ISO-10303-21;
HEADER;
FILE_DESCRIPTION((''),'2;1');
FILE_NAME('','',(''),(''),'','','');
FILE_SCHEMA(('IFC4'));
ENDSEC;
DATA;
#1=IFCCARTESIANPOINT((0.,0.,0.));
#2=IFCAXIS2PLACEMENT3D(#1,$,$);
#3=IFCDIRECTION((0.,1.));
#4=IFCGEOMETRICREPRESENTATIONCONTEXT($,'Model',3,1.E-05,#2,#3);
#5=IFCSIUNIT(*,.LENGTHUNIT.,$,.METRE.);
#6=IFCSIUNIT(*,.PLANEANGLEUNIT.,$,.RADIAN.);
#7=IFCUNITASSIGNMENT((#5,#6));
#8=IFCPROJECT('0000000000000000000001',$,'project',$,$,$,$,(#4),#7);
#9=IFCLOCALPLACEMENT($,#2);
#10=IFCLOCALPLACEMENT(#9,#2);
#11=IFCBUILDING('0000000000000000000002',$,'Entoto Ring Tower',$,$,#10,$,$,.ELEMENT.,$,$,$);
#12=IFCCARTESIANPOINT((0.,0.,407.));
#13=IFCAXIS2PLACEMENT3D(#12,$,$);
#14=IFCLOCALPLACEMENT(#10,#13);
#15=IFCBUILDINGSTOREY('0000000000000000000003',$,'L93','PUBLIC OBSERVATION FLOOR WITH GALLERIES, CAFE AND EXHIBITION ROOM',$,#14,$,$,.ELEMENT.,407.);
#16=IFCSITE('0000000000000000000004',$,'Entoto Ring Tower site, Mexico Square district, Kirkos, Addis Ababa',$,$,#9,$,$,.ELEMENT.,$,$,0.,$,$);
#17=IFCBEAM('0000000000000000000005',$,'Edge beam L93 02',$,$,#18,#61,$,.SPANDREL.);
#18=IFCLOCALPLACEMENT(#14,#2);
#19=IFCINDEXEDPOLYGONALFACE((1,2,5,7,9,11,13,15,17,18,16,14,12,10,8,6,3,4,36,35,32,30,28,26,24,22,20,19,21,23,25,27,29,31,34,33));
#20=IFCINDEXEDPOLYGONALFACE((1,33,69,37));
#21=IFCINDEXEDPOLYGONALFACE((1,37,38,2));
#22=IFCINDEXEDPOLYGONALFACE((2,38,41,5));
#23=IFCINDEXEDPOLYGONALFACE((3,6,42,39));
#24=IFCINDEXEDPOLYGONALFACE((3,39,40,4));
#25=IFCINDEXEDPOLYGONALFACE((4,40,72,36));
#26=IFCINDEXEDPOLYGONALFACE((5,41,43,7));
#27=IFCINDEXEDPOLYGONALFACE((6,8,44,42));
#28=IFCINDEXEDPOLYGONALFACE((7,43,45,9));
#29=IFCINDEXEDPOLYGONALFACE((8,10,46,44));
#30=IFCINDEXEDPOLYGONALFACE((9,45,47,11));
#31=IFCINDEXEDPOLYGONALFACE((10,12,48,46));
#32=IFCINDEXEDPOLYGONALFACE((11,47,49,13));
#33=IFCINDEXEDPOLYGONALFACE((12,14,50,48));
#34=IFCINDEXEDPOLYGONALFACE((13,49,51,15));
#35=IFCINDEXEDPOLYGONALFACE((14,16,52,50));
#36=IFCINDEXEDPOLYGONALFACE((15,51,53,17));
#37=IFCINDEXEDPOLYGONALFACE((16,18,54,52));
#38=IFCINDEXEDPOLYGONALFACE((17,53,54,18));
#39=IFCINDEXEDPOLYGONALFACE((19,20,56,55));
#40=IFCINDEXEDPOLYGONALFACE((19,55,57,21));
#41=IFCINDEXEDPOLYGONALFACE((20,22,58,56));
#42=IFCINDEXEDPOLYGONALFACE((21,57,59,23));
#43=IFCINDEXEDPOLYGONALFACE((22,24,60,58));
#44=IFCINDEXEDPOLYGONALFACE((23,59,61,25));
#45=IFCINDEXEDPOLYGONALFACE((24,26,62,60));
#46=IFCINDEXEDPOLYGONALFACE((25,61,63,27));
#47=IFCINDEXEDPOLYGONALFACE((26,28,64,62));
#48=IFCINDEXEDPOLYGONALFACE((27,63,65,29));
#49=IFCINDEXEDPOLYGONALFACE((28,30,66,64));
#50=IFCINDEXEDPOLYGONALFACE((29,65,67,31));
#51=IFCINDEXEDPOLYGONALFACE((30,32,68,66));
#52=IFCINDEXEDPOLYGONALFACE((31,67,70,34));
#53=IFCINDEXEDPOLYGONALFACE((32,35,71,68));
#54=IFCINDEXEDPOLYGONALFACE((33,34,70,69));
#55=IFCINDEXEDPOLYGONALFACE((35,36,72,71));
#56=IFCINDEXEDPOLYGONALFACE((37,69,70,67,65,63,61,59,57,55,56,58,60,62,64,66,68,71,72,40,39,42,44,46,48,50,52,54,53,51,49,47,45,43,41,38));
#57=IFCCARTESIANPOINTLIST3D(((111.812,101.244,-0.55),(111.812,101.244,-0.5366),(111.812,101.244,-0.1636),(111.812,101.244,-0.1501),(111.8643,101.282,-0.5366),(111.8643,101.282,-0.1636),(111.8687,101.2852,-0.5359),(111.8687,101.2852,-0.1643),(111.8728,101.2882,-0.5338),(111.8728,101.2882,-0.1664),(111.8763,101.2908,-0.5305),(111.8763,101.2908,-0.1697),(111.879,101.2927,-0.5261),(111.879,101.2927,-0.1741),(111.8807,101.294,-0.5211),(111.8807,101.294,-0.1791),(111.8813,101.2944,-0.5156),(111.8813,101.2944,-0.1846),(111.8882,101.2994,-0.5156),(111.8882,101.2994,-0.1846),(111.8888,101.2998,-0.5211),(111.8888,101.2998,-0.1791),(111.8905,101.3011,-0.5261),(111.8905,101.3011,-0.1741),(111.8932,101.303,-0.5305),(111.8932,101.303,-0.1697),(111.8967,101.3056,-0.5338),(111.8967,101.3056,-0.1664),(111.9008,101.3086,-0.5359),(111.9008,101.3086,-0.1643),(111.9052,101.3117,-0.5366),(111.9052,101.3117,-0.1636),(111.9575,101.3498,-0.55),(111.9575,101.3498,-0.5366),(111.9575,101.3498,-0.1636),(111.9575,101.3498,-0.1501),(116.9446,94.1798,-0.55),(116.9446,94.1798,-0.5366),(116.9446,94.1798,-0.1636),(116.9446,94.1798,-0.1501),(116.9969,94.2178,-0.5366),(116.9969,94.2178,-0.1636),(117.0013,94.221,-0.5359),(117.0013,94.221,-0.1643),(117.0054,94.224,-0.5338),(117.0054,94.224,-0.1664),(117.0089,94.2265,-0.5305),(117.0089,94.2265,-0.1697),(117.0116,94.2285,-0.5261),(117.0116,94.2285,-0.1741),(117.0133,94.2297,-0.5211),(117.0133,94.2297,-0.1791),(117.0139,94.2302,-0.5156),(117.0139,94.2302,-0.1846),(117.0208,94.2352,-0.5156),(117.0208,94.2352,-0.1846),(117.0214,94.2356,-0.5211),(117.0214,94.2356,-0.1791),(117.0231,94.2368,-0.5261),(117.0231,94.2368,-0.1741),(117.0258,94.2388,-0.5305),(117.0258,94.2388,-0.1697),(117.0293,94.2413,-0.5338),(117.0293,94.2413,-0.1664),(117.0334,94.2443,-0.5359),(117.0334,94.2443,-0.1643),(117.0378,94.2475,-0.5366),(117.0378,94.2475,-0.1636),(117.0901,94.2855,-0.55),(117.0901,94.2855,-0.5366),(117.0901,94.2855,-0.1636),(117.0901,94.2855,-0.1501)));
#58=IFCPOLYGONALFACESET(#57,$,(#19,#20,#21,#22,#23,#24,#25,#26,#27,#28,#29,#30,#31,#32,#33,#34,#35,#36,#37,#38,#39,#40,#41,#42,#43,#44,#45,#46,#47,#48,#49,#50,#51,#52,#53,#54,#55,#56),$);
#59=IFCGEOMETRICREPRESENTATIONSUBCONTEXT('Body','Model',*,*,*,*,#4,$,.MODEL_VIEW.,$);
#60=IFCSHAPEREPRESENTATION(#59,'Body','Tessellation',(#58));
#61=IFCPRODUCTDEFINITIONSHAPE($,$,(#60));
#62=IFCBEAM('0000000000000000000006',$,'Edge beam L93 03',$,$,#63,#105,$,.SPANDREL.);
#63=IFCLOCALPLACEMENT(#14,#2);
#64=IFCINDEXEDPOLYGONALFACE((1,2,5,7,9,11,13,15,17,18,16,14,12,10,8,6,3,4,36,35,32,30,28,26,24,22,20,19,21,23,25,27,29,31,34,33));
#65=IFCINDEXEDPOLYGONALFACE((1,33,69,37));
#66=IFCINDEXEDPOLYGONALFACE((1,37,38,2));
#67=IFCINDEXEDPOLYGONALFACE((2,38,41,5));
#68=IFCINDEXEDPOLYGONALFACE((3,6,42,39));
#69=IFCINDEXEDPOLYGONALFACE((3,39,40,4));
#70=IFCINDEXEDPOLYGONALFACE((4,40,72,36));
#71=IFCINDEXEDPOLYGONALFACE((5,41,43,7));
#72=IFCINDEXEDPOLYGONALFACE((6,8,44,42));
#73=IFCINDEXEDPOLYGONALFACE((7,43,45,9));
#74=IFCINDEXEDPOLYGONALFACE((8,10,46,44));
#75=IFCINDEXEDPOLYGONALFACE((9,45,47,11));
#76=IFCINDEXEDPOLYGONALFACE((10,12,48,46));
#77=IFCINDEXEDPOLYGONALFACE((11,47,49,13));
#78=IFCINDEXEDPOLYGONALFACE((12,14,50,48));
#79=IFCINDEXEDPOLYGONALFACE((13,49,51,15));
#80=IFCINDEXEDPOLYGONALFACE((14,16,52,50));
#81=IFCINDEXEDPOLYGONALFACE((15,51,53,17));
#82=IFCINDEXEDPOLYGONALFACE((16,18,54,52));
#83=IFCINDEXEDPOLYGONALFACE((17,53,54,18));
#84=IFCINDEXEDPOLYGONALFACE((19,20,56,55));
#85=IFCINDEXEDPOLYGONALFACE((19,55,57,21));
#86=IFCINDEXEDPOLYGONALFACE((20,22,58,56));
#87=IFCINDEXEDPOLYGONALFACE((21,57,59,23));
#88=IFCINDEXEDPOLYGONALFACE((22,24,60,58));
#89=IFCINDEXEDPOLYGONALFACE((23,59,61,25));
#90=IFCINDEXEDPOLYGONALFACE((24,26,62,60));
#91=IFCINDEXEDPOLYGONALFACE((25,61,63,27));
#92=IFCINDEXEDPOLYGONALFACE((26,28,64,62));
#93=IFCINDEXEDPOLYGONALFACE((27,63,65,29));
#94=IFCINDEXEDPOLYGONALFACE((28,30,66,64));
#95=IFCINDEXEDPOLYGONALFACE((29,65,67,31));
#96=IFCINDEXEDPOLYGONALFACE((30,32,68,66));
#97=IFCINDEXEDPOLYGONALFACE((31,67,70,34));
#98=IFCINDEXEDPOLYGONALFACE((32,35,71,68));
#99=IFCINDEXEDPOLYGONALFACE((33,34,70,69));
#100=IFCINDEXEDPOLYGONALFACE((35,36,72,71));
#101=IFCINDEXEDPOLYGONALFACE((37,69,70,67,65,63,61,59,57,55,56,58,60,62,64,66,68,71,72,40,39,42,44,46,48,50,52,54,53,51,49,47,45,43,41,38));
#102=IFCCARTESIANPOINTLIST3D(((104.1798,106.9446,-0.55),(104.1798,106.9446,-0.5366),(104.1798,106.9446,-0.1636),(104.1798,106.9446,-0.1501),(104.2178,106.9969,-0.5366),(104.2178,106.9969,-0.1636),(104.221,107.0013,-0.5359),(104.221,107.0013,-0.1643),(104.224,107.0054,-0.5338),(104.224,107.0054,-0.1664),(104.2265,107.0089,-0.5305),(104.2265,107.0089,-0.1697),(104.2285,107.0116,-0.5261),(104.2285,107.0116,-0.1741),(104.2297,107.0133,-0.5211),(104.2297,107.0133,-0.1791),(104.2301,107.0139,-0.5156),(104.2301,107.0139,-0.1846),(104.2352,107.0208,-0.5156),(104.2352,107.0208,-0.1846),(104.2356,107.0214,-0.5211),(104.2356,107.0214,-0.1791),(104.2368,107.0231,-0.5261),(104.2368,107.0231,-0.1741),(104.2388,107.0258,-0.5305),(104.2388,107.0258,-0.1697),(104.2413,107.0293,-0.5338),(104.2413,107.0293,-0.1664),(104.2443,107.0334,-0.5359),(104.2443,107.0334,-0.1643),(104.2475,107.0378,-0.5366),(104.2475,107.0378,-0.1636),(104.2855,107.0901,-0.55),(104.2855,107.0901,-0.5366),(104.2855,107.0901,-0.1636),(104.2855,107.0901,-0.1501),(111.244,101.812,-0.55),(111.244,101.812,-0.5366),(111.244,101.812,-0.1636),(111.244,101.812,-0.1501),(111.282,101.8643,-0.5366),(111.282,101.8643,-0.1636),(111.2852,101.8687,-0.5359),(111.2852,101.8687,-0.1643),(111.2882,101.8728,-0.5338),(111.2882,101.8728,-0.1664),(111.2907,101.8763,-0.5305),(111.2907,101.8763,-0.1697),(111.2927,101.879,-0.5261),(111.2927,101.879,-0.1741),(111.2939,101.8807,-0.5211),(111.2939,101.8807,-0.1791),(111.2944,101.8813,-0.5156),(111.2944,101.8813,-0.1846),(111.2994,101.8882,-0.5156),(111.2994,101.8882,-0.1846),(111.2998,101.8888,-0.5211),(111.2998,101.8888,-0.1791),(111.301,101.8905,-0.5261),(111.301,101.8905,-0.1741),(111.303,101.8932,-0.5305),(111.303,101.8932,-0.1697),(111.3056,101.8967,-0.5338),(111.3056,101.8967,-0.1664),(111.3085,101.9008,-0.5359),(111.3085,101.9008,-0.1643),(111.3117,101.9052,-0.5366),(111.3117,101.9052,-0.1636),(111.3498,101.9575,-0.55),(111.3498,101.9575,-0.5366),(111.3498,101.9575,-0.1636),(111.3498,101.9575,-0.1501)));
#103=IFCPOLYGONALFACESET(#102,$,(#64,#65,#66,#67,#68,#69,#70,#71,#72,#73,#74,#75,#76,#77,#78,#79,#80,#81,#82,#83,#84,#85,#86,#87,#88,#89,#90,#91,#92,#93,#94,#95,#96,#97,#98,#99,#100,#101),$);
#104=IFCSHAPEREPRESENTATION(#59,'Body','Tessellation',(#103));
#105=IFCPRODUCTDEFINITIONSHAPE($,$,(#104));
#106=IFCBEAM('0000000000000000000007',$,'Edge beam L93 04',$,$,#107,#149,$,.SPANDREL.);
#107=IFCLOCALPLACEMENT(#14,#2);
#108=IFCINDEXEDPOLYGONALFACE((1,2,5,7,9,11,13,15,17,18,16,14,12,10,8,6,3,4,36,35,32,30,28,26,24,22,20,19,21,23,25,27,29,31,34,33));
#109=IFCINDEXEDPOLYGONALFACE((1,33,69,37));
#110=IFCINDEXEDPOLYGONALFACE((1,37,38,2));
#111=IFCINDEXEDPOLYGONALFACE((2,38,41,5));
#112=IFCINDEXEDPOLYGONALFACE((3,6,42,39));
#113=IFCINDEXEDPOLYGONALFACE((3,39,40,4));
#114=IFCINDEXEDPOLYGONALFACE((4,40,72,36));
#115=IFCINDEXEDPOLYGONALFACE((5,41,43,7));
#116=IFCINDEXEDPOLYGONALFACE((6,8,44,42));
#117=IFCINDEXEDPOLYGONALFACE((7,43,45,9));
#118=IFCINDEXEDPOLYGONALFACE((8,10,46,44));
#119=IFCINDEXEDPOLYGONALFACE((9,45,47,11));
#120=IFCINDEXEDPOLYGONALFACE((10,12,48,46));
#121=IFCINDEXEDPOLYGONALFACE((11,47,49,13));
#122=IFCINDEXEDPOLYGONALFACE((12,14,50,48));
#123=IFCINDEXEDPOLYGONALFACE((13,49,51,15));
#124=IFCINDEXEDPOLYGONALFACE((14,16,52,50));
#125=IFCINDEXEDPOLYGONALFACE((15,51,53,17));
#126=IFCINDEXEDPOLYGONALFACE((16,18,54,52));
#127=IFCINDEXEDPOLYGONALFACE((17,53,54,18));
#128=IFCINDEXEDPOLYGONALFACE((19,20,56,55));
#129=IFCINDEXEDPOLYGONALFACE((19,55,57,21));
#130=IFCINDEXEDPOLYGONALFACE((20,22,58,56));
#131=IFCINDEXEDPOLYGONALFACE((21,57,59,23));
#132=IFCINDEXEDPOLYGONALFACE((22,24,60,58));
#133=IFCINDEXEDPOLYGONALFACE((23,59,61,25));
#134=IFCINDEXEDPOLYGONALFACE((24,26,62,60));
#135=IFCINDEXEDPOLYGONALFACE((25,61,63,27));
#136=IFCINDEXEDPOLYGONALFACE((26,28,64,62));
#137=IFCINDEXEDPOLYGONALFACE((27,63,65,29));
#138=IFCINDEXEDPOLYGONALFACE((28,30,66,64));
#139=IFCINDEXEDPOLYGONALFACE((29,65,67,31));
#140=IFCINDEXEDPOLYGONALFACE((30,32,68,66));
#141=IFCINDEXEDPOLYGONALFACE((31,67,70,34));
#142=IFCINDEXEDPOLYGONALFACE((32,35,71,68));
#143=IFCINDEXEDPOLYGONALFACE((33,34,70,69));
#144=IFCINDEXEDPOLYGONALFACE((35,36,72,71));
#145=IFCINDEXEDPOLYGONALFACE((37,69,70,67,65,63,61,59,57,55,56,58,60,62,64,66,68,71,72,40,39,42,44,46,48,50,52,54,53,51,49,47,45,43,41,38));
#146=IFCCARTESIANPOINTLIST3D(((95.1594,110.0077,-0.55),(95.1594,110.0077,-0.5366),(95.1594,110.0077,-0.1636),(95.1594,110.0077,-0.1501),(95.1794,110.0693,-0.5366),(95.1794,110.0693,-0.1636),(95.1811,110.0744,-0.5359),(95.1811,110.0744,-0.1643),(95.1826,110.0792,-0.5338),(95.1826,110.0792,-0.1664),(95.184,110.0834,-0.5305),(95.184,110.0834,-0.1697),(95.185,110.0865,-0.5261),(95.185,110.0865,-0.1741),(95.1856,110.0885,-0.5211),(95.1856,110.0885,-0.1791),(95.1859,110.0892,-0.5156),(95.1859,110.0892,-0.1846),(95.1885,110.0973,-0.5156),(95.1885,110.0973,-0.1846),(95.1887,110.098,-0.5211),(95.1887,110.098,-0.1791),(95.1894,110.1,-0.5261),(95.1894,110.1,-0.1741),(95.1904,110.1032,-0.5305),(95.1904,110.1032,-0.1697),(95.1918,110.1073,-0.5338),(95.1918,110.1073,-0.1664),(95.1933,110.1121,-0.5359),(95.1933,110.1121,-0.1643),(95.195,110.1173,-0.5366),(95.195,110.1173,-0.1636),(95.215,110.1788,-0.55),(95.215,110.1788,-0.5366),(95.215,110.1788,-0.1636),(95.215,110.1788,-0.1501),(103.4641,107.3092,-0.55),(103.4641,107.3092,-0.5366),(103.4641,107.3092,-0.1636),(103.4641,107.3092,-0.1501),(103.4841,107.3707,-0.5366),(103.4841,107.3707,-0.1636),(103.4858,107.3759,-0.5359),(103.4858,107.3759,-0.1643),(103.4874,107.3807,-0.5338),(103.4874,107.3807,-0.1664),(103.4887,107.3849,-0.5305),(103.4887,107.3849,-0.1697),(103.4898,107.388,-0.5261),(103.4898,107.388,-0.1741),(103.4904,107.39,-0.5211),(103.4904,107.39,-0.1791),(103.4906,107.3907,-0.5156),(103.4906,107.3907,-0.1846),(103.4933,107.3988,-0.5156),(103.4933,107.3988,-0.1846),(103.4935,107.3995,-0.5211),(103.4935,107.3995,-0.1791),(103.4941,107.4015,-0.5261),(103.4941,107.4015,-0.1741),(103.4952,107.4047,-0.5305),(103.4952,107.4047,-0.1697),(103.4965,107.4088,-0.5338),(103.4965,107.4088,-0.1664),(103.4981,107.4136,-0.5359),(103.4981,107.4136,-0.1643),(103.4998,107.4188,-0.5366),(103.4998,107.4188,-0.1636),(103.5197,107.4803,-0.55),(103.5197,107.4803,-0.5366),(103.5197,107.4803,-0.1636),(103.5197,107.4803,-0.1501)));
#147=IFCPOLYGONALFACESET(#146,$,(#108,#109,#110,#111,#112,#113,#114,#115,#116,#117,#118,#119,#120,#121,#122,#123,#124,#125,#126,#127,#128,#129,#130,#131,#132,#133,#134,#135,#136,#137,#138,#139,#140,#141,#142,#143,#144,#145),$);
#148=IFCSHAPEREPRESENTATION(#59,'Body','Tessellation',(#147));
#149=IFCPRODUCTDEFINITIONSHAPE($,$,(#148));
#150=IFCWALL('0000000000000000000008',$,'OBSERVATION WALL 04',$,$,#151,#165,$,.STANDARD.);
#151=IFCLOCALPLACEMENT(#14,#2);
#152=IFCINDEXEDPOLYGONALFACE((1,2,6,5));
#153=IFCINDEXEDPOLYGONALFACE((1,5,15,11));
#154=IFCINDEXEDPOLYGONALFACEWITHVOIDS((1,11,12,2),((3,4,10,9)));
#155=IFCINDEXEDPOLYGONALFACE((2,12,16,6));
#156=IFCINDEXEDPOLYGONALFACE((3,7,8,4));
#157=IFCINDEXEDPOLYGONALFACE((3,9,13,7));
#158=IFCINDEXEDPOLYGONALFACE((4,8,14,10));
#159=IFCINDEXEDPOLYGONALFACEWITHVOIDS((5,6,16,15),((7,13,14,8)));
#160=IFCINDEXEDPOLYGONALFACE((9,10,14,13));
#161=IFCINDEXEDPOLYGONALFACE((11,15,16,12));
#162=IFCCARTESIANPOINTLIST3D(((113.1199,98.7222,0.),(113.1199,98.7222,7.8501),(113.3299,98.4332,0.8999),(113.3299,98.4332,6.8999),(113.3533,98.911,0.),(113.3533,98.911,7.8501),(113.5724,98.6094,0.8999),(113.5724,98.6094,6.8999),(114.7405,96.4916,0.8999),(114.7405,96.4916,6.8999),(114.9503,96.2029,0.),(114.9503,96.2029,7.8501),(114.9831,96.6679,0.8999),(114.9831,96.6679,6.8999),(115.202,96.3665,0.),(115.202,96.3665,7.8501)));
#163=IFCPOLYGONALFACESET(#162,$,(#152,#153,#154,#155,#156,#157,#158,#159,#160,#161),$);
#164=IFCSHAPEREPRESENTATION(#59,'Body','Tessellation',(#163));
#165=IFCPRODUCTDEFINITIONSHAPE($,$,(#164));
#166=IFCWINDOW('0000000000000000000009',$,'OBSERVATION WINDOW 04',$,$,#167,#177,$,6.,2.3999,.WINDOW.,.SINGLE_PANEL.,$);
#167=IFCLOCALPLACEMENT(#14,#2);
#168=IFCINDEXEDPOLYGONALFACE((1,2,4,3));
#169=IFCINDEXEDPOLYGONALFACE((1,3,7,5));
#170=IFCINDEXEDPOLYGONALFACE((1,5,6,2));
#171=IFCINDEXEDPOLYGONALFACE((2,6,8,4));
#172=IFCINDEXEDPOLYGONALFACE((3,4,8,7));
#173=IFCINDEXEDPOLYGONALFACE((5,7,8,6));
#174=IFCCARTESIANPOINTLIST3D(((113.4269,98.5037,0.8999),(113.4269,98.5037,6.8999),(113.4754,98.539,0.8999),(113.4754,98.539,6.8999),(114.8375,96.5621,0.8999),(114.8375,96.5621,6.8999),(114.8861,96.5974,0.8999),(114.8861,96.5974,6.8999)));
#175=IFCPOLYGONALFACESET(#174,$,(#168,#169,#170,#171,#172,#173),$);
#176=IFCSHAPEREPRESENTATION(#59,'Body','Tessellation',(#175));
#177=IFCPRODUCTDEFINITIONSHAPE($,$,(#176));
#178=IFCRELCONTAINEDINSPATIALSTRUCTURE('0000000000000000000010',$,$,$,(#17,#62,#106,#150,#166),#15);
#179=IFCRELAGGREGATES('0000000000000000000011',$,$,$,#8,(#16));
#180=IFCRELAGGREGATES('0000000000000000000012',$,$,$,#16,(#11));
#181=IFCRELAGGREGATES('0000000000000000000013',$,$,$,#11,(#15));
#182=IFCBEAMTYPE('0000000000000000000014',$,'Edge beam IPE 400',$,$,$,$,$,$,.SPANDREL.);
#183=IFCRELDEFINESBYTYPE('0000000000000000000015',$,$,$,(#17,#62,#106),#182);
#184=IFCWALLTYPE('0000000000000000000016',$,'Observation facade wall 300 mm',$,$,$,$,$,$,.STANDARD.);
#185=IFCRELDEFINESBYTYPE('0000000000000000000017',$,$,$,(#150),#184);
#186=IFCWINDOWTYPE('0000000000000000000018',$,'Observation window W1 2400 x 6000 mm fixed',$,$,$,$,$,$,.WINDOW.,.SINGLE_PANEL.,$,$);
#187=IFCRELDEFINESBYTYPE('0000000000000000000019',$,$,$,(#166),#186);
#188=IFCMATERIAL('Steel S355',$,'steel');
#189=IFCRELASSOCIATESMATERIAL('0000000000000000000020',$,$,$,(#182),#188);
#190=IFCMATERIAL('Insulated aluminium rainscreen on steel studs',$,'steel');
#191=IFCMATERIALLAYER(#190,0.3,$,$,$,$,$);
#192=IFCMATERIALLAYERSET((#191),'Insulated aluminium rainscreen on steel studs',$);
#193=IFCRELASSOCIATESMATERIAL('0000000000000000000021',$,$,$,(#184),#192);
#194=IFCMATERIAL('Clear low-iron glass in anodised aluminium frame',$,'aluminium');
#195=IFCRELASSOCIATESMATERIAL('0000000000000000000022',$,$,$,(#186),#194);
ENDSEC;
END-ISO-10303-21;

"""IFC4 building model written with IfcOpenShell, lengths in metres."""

from ifc_helpers import new_model, si_unit, direction, frame, frame_2d, origin, origin_2d, place, context, subcontext, project, spatial, polyline, rectangle, i_section, outline, extrude, material, layer, layer_set, material_profile, profile_set, type_object, element, fill, save


model = new_model("IFC4")

# Units and contexts
model_context = context("Model", 3, precision=1e-05, world=origin(), true_north=direction((0.0, 1.0)))
body_context = subcontext(model_context, "Body", "Model", "MODEL_VIEW")
ifc_project = project(units=[si_unit("LENGTHUNIT", "METRE"), si_unit("PLANEANGLEUNIT", "RADIAN")], contexts=[model_context])

# Site, building, storey
site_placement = place(None, origin())
site = spatial("IfcSite", under=ifc_project, at=site_placement, Name="Entoto Ring Tower site, Mexico Square district, Kirkos, Addis Ababa", CompositionType="ELEMENT", RefElevation=0.0)
building_placement = place(site_placement, origin())
building = spatial("IfcBuilding", under=site, at=building_placement, Name="Entoto Ring Tower", CompositionType="ELEMENT")
storey_placement = place(building_placement, frame((0.0, 0.0, 407.0)))
storey = spatial("IfcBuildingStorey", under=building, at=storey_placement, Name="L93", Description="PUBLIC OBSERVATION FLOOR WITH GALLERIES, CAFE AND EXHIBITION ROOM", CompositionType="ELEMENT", Elevation=407.0)

# Beams
ifc_material_1 = material(Name="Steel S355", Category="steel")
ifc_material_profile_1 = material_profile(ifc_material_1, i_section(OverallWidth=0.1799, OverallDepth=0.3999, WebThickness=0.0085, FlangeThickness=0.0134, FilletRadius=0.021, at=origin_2d()), Name="IPE 400")
ifc_profile_set_1 = profile_set([ifc_material_profile_1], Name="Steel S355")
beam_type = type_object("IfcBeamType", Name="Edge beam IPE 400", PredefinedType="SPANDREL", material=ifc_profile_set_1)
for number, where, z_axis, x_axis, name in (
    (1, (117.0173, 94.2327, -0.3501), (-0.587794, 0.80901, 0.0), (-0.80901, -0.587794, 0.0), "Edge beam L93 02"),
    (2, (111.2969, 101.8848, -0.3501), (-0.80901, 0.587794, 0.0), (-0.587794, -0.80901, 0.0), "Edge beam L93 03"),
):
    element("IfcBeam", number, at=place(storey_placement, frame(where, z_axis=z_axis, x_axis=x_axis)), inside=storey, type_object=beam_type, Name=name, PredefinedType="SPANDREL", context=body_context, shape_type="SweptSolid", body=[
        extrude(i_section(OverallWidth=0.1799, OverallDepth=0.3999, WebThickness=0.0085, FlangeThickness=0.0134, FilletRadius=0.021, at=origin_2d()), origin(), (0.0, 0.0, 1.0), 8.7319),
    ])
beam_placement = place(storey_placement, frame((103.4919, 107.3948, -0.3501), z_axis=(-0.951052, 0.30903, 0.0), x_axis=(-0.30903, -0.951052, 0.0)))
element("IfcBeam", 3, at=beam_placement, inside=storey, type_object=beam_type, Name="Edge beam L93 04", PredefinedType="SPANDREL", context=body_context, shape_type="SweptSolid", body=[
    extrude(i_section(OverallWidth=0.1799, OverallDepth=0.3999, WebThickness=0.0085, FlangeThickness=0.0134, FilletRadius=0.021, at=origin_2d()), origin(), (0.0, 0.0, 1.0), 8.7322),
])

# Wall, opening, window
ifc_material_2 = material(Name="Insulated aluminium rainscreen on steel studs", Category="steel")
ifc_layer = layer(ifc_material_2, 0.3)
ifc_layer_set = layer_set([ifc_layer], Name="Insulated aluminium rainscreen on steel studs")
wall_type = type_object("IfcWallType", Name="Observation facade wall 300 mm", PredefinedType="STANDARD", material=ifc_layer_set)
wall_1_placement = place(storey_placement, frame((115.0762, 96.2847, 0.0), z_axis=(0.0, 0.0, 1.0), x_axis=(-0.587787, 0.809016, 0.0)))
wall_1 = element("IfcWall", 4, at=wall_1_placement, inside=storey, type_object=wall_type, Name="OBSERVATION WALL 04", PredefinedType="STANDARD", context=body_context, shape_type="SweptSolid", body=[
    extrude(outline(polyline([(-0.0078, -0.1499), (3.1375, -0.1499), (3.1218, 0.1499), (0.0078, 0.1499), (-0.0078, -0.1499)])), origin(), (0.0, 0.0, 1.0), 7.8501),
])
opening_1_placement = place(wall_1_placement, frame((0.3647, 0.0, 0.8999)))
opening_1 = element("IfcOpeningElement", 5, at=opening_1_placement, cuts=wall_1, PredefinedType="OPENING", context=body_context, shape_type="SweptSolid", body=[
    extrude(rectangle(XDim=2.3999, YDim=6.0, at=frame_2d((1.2, 3.0))), frame((0.0, 0.1602, 0.0), z_axis=(0.0, -1.0, 0.0), x_axis=(1.0, 0.0, 0.0)), (0.0, 0.0, 1.0), 0.3201),
])
ifc_material_3 = material(Name="Clear low-iron glass in anodised aluminium frame", Category="aluminium")
window_type_1 = type_object("IfcWindowType", Name="Observation window W1 2400 x 6000 mm fixed", PartitioningType="SINGLE_PANEL", PredefinedType="WINDOW", material=ifc_material_3)
window_1_placement = place(opening_1_placement, origin())
window_1 = element("IfcWindow", 6, at=window_1_placement, inside=storey, type_object=window_type_1, Name="OBSERVATION WINDOW 04", OverallHeight=6.0, OverallWidth=2.3999, PartitioningType="SINGLE_PANEL", PredefinedType="WINDOW", context=body_context, shape_type="SweptSolid", body=[
    extrude(rectangle(XDim=2.3999, YDim=6.0, at=frame_2d((1.2, 3.0))), frame((0.0, 0.03, 0.0), z_axis=(0.0, -1.0, 0.0), x_axis=(1.0, 0.0, 0.0)), (0.0, 0.0, 1.0), 0.0601),
])
fill(opening_1, window_1)

save(model, "model.ifc")
